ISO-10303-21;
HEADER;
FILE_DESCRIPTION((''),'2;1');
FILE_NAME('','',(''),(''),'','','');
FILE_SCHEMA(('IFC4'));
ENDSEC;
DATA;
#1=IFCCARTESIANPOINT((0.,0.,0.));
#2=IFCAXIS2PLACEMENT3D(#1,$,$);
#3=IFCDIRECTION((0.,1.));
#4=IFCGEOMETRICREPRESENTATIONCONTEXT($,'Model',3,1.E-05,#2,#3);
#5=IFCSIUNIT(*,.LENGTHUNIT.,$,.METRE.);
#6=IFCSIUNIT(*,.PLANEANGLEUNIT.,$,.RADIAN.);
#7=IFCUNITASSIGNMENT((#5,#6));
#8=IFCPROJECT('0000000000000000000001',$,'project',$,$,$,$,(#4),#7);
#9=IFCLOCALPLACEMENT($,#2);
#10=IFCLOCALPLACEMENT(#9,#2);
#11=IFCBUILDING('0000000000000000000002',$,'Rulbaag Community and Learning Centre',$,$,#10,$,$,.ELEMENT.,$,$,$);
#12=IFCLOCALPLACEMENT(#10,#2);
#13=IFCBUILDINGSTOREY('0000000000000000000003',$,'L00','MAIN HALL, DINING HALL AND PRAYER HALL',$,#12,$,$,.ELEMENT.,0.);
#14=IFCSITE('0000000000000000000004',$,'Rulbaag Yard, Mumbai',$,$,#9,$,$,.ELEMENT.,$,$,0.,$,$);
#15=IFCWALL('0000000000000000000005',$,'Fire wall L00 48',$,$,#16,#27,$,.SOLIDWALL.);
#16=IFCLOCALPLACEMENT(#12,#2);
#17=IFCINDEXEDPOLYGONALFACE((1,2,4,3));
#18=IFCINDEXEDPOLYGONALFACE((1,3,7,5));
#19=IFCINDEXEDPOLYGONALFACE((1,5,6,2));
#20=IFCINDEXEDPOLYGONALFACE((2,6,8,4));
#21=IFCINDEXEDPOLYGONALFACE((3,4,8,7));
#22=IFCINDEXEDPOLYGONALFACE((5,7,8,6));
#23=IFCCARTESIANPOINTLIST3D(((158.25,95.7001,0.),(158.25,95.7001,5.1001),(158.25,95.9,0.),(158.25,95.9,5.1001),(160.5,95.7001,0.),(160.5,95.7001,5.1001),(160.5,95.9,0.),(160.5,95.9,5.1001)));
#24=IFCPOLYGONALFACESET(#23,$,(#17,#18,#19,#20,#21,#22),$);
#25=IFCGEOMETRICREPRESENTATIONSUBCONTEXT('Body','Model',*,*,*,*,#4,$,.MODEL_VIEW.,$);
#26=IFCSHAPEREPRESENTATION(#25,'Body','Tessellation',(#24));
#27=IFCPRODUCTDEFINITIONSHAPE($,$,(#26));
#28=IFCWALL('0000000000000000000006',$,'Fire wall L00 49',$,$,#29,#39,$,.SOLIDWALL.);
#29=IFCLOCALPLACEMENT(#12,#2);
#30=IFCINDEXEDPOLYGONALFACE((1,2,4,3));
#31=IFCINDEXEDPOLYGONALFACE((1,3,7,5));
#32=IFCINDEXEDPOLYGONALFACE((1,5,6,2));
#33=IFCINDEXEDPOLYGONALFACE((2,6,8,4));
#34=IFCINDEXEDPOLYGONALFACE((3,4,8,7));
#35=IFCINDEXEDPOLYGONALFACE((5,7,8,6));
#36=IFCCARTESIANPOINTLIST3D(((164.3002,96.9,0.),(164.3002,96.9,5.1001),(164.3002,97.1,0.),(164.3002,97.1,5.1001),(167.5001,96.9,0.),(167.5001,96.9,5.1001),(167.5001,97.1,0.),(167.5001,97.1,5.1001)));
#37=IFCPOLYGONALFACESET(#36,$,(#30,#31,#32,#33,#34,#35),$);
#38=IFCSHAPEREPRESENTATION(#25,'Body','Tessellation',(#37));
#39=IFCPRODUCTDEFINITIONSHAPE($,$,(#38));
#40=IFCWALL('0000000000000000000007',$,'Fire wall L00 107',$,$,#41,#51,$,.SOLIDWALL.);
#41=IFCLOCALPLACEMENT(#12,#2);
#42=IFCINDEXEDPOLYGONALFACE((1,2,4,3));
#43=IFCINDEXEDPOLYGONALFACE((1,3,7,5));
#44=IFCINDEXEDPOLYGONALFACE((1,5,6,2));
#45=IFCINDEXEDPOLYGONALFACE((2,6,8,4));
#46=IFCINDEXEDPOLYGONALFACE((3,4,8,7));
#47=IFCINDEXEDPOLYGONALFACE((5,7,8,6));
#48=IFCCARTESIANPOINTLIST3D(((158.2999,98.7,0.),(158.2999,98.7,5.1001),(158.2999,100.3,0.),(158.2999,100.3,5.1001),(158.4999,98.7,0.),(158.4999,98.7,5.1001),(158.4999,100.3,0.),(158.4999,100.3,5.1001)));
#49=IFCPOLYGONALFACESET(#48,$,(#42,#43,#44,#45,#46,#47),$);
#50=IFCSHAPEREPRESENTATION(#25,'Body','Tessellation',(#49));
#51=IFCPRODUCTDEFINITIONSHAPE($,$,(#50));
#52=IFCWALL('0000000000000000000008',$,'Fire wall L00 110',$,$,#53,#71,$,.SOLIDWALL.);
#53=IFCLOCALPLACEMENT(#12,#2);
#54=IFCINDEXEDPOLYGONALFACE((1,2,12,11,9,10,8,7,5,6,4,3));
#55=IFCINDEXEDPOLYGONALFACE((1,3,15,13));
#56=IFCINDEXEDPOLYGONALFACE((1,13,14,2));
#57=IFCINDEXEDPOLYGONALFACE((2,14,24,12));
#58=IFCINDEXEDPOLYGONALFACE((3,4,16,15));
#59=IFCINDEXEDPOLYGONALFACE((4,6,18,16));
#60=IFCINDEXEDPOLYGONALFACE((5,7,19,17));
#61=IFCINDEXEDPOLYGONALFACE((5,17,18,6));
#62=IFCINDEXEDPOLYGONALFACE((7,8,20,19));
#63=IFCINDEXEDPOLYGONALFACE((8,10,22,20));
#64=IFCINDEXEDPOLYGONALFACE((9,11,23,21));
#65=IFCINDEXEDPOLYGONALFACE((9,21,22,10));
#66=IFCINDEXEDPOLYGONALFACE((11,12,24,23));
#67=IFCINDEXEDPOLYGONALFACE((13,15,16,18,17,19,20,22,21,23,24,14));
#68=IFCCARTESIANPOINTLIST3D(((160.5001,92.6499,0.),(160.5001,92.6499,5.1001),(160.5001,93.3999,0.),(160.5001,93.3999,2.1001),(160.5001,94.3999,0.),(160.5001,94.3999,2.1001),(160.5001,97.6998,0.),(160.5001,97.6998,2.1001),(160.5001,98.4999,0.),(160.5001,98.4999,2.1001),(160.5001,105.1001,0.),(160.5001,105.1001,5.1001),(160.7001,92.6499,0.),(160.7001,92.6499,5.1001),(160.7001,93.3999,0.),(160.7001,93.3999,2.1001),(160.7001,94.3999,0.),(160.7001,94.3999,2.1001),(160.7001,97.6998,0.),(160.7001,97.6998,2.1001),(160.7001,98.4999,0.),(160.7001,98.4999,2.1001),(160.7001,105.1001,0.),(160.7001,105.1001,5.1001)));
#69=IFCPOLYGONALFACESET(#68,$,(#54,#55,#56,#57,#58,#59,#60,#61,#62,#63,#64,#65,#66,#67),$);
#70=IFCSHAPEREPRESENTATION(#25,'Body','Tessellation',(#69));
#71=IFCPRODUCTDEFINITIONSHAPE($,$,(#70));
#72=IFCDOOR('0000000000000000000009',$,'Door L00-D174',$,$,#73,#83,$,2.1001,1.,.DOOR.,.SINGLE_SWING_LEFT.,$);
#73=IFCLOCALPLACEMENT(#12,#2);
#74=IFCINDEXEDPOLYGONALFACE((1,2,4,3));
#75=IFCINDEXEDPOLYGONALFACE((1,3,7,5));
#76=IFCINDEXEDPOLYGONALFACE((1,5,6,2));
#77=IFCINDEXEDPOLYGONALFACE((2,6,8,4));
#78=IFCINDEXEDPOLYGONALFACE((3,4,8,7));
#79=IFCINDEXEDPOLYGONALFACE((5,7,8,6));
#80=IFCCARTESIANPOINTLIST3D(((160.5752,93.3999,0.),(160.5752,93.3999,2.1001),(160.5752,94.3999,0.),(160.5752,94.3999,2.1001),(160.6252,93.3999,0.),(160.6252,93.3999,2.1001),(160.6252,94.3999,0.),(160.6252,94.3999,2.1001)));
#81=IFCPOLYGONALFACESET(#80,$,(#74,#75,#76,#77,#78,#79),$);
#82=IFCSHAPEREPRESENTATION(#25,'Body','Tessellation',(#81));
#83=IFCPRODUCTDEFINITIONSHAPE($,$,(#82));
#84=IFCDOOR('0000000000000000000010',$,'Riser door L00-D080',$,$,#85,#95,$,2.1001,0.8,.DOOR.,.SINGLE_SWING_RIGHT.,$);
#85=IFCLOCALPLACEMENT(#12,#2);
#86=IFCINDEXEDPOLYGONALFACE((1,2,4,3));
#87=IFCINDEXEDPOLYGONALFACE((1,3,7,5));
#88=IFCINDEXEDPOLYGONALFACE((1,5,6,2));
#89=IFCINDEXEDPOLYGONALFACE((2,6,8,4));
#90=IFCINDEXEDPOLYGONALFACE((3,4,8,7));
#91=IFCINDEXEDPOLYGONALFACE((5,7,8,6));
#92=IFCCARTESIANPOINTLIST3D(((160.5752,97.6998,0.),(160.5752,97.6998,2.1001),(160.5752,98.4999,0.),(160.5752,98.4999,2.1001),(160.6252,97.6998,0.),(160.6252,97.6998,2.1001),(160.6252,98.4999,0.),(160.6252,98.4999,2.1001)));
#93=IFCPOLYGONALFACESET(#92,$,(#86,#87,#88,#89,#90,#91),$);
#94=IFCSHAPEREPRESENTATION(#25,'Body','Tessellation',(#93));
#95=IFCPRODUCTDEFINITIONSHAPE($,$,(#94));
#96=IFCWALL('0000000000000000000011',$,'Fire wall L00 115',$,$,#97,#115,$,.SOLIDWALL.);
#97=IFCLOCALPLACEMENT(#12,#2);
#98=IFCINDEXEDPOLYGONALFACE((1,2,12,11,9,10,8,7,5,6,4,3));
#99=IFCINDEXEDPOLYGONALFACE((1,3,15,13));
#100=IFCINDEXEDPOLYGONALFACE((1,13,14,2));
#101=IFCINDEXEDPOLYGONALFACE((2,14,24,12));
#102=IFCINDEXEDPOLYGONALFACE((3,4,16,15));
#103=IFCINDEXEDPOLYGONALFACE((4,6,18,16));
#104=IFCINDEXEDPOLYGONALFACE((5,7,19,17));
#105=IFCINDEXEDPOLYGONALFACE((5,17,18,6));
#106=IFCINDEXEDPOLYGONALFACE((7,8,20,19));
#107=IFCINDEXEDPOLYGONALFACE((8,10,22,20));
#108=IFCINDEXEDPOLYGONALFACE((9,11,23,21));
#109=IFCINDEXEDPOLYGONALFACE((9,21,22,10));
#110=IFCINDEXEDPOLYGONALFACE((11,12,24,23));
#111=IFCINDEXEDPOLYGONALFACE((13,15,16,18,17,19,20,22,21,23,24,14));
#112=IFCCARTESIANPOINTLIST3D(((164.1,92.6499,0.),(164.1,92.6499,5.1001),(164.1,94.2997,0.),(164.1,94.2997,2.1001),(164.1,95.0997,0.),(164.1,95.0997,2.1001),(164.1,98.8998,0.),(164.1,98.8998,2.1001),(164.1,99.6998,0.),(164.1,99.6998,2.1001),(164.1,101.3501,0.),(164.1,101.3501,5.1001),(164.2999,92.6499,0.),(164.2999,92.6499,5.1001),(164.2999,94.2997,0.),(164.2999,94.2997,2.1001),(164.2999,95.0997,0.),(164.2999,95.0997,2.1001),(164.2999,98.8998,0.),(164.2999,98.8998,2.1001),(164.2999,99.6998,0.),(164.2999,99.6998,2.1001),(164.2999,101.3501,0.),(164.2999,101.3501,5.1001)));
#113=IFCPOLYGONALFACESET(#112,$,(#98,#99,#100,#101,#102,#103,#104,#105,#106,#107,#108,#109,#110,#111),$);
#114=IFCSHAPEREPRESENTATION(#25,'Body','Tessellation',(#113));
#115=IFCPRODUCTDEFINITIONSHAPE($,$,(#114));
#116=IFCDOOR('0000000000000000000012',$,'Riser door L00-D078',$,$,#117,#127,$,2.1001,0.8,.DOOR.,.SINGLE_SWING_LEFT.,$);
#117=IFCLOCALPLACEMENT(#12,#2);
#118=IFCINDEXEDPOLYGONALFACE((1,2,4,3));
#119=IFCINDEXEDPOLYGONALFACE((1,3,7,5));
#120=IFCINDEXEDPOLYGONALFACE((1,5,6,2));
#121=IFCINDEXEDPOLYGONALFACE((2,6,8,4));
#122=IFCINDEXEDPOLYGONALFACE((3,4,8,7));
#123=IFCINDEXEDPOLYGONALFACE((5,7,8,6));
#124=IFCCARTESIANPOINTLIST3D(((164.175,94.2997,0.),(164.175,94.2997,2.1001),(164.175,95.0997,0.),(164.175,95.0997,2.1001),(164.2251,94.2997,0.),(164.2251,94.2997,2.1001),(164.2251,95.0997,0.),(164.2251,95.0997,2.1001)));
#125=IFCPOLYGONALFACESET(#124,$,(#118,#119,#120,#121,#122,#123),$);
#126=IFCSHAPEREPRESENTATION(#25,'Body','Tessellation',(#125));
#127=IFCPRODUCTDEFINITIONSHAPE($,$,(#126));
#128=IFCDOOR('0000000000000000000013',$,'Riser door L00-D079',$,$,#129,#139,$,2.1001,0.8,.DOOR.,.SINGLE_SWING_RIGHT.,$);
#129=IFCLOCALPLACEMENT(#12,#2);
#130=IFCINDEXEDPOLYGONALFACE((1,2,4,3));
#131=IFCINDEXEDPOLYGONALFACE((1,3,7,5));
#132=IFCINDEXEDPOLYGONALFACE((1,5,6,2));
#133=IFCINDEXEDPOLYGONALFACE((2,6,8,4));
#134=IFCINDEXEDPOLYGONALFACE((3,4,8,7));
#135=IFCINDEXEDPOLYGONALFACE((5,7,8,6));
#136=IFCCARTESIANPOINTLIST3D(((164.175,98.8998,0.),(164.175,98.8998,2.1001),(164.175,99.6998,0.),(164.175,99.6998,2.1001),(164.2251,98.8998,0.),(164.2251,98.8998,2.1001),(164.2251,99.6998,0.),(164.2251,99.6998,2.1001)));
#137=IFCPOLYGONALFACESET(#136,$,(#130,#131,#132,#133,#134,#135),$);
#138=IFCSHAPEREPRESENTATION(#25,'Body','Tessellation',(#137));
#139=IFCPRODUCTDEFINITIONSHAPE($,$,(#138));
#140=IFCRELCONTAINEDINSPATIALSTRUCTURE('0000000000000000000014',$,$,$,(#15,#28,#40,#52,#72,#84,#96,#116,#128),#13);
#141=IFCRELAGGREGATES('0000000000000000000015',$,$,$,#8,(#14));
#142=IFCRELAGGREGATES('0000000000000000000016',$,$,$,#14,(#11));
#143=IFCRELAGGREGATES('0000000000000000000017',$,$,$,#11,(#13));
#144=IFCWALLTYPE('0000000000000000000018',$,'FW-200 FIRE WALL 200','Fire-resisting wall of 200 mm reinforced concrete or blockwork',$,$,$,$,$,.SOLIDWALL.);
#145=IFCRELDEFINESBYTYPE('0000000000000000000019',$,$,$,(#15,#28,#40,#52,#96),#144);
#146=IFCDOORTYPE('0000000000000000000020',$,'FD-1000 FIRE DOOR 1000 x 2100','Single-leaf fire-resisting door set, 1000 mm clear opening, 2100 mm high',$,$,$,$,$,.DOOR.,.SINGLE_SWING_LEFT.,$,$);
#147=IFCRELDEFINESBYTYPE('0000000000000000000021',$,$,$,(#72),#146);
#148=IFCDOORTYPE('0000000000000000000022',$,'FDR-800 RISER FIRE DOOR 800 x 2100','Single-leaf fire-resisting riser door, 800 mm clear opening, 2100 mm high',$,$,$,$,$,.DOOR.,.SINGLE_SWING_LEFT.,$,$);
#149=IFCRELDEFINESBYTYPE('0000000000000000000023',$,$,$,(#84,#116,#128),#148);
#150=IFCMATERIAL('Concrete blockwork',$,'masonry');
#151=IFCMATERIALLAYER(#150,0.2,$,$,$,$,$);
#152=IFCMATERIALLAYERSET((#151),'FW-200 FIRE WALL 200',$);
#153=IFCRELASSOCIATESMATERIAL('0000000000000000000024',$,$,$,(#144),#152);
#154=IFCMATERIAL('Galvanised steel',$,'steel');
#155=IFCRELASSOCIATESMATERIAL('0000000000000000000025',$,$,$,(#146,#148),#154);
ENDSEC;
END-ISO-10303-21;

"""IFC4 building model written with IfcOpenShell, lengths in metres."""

from ifc_helpers import new_model, si_unit, direction, frame, frame_2d, origin, place, context, subcontext, project, spatial, rectangle, extrude, material, layer, layer_set, type_object, element, fill, save


model = new_model("IFC4")

# Units and contexts
model_context = context("Model", 3, precision=1e-05, world=origin(), true_north=direction((0.0, 1.0)))
body_context = subcontext(model_context, "Body", "Model", "MODEL_VIEW")
ifc_project = project(units=[si_unit("LENGTHUNIT", "METRE"), si_unit("PLANEANGLEUNIT", "RADIAN")], contexts=[model_context])

# Site, building, storey
site_placement = place(None, origin())
site = spatial("IfcSite", under=ifc_project, at=site_placement, Name="Rulbaag Yard, Mumbai", CompositionType="ELEMENT", RefElevation=0.0)
building_placement = place(site_placement, origin())
building = spatial("IfcBuilding", under=site, at=building_placement, Name="Rulbaag Community and Learning Centre", CompositionType="ELEMENT")
storey_placement = place(building_placement, origin())
storey = spatial("IfcBuildingStorey", under=building, at=storey_placement, Name="L00", Description="MAIN HALL, DINING HALL AND PRAYER HALL", CompositionType="ELEMENT", Elevation=0.0)

# Walls
ifc_material_1 = material(Name="Concrete blockwork", Category="masonry")
ifc_layer_1 = layer(ifc_material_1, 0.2)
ifc_layer_set_1 = layer_set([ifc_layer_1], Name="FW-200 FIRE WALL 200")
wall_type_1 = type_object("IfcWallType", Name="FW-200 FIRE WALL 200", Description="Fire-resisting wall of 200 mm reinforced concrete or blockwork", PredefinedType="SOLIDWALL", material=ifc_layer_set_1)
wall_1_placement = place(storey_placement, frame((158.25, 95.8, 0.0), z_axis=(0.0, 0.0, 1.0), x_axis=(1.0, 0.0, 0.0)))
element("IfcWall", 1, at=wall_1_placement, inside=storey, type_object=wall_type_1, Name="Fire wall L00 48", PredefinedType="SOLIDWALL", context=body_context, shape_type="SweptSolid", body=[
    extrude(rectangle(XDim=2.25, YDim=0.2, at=frame_2d((1.125, 0.0))), origin(), (0.0, 0.0, 1.0), 5.1001),
])
wall_2_placement = place(storey_placement, frame((164.3, 97.0, 0.0), z_axis=(0.0, 0.0, 1.0), x_axis=(1.0, 0.0, 0.0)))
element("IfcWall", 2, at=wall_2_placement, inside=storey, type_object=wall_type_1, Name="Fire wall L00 49", PredefinedType="SOLIDWALL", context=body_context, shape_type="SweptSolid", body=[
    extrude(rectangle(XDim=3.2, YDim=0.2, at=frame_2d((1.6001, 0.0))), origin(), (0.0, 0.0, 1.0), 5.1001),
])
wall_3_placement = place(storey_placement, frame((158.3999, 98.7, 0.0), z_axis=(0.0, 0.0, 1.0), x_axis=(0.0, 1.0, 0.0)))
element("IfcWall", 3, at=wall_3_placement, inside=storey, type_object=wall_type_1, Name="Fire wall L00 107", PredefinedType="SOLIDWALL", context=body_context, shape_type="SweptSolid", body=[
    extrude(rectangle(XDim=1.6001, YDim=0.2, at=frame_2d((0.8, 0.0))), origin(), (0.0, 0.0, 1.0), 5.1001),
])

# Walls, openings, doors
wall_4_placement = place(storey_placement, frame((160.6001, 92.6499, 0.0), z_axis=(0.0, 0.0, 1.0), x_axis=(0.0, 1.0, 0.0)))
wall_4 = element("IfcWall", 4, at=wall_4_placement, inside=storey, type_object=wall_type_1, Name="Fire wall L00 110", PredefinedType="SOLIDWALL", context=body_context, shape_type="SweptSolid", body=[
    extrude(rectangle(XDim=12.4502, YDim=0.2, at=frame_2d((6.2251, 0.0))), origin(), (0.0, 0.0, 1.0), 5.1001),
])
opening_1_placement = place(wall_4_placement, frame((5.05, 0.0, 0.0)))
opening_1 = element("IfcOpeningElement", 5, at=opening_1_placement, cuts=wall_4, PredefinedType="OPENING", context=body_context, shape_type="SweptSolid", body=[
    extrude(rectangle(XDim=0.8, YDim=2.1001, at=frame_2d((0.3999, 1.05))), frame((0.0, 0.1099, 0.0), z_axis=(0.0, -1.0, 0.0), x_axis=(1.0, 0.0, 0.0)), (0.0, 0.0, 1.0), 0.22),
])
opening_2_placement = place(wall_4_placement, frame((0.75, 0.0, 0.0)))
opening_2 = element("IfcOpeningElement", 6, at=opening_2_placement, cuts=wall_4, PredefinedType="OPENING", context=body_context, shape_type="SweptSolid", body=[
    extrude(rectangle(XDim=1.0, YDim=2.1001, at=frame_2d((0.5, 1.05))), frame((0.0, 0.1099, 0.0), z_axis=(0.0, -1.0, 0.0), x_axis=(1.0, 0.0, 0.0)), (0.0, 0.0, 1.0), 0.22),
])
ifc_material_2 = material(Name="Galvanised steel", Category="steel")
door_type_1 = type_object("IfcDoorType", Name="FD-1000 FIRE DOOR 1000 x 2100", Description="Single-leaf fire-resisting door set, 1000 mm clear opening, 2100 mm high", OperationType="SINGLE_SWING_LEFT", PredefinedType="DOOR", material=ifc_material_2)
door_1_placement = place(opening_2_placement, origin())
door_1 = element("IfcDoor", 7, at=door_1_placement, inside=storey, type_object=door_type_1, Name="Door L00-D174", OperationType="SINGLE_SWING_LEFT", OverallHeight=2.1001, OverallWidth=1.0, PredefinedType="DOOR", context=body_context, shape_type="SweptSolid", body=[
    extrude(rectangle(XDim=1.0, YDim=2.1001, at=frame_2d((0.5, 1.05))), frame((0.0, 0.0249, 0.0), z_axis=(0.0, -1.0, 0.0), x_axis=(1.0, 0.0, 0.0)), (0.0, 0.0, 1.0), 0.05),
])
fill(opening_2, door_1)
door_type_2 = type_object("IfcDoorType", Name="FDR-800 RISER FIRE DOOR 800 x 2100", Description="Single-leaf fire-resisting riser door, 800 mm clear opening, 2100 mm high", OperationType="SINGLE_SWING_LEFT", PredefinedType="DOOR", material=ifc_material_2)
door_2_placement = place(opening_1_placement, origin())
door_2 = element("IfcDoor", 8, at=door_2_placement, inside=storey, type_object=door_type_2, Name="Riser door L00-D080", OperationType="SINGLE_SWING_RIGHT", OverallHeight=2.1001, OverallWidth=0.8, PredefinedType="DOOR", context=body_context, shape_type="SweptSolid", body=[
    extrude(rectangle(XDim=0.8, YDim=2.1001, at=frame_2d((0.3999, 1.05))), frame((0.0, 0.0249, 0.0), z_axis=(0.0, -1.0, 0.0), x_axis=(1.0, 0.0, 0.0)), (0.0, 0.0, 1.0), 0.05),
])
fill(opening_1, door_2)
wall_5_placement = place(storey_placement, frame((164.2, 92.6499, 0.0), z_axis=(0.0, 0.0, 1.0), x_axis=(0.0, 1.0, 0.0)))
wall_5 = element("IfcWall", 9, at=wall_5_placement, inside=storey, type_object=wall_type_1, Name="Fire wall L00 115", PredefinedType="SOLIDWALL", context=body_context, shape_type="SweptSolid", body=[
    extrude(rectangle(XDim=8.7002, YDim=0.2, at=frame_2d((4.3501, 0.0))), origin(), (0.0, 0.0, 1.0), 5.1001),
])
opening_3_placement = place(wall_5_placement, frame((1.6499, 0.0, 0.0)))
opening_3 = element("IfcOpeningElement", 10, at=opening_3_placement, cuts=wall_5, PredefinedType="OPENING", context=body_context, shape_type="SweptSolid", body=[
    extrude(rectangle(XDim=0.8, YDim=2.1001, at=frame_2d((0.3999, 1.05))), frame((0.0, 0.1099, 0.0), z_axis=(0.0, -1.0, 0.0), x_axis=(1.0, 0.0, 0.0)), (0.0, 0.0, 1.0), 0.22),
])
opening_4_placement = place(wall_5_placement, frame((6.25, 0.0, 0.0)))
opening_4 = element("IfcOpeningElement", 11, at=opening_4_placement, cuts=wall_5, PredefinedType="OPENING", context=body_context, shape_type="SweptSolid", body=[
    extrude(rectangle(XDim=0.8, YDim=2.1001, at=frame_2d((0.3999, 1.05))), frame((0.0, 0.1099, 0.0), z_axis=(0.0, -1.0, 0.0), x_axis=(1.0, 0.0, 0.0)), (0.0, 0.0, 1.0), 0.22),
])
door_3_placement = place(opening_3_placement, origin())
door_3 = element("IfcDoor", 12, at=door_3_placement, inside=storey, type_object=door_type_2, Name="Riser door L00-D078", OperationType="SINGLE_SWING_LEFT", OverallHeight=2.1001, OverallWidth=0.8, PredefinedType="DOOR", context=body_context, shape_type="SweptSolid", body=[
    extrude(rectangle(XDim=0.8, YDim=2.1001, at=frame_2d((0.3999, 1.05))), frame((0.0, 0.0249, 0.0), z_axis=(0.0, -1.0, 0.0), x_axis=(1.0, 0.0, 0.0)), (0.0, 0.0, 1.0), 0.05),
])
fill(opening_3, door_3)
door_4_placement = place(opening_4_placement, origin())
door_4 = element("IfcDoor", 13, at=door_4_placement, inside=storey, type_object=door_type_2, Name="Riser door L00-D079", OperationType="SINGLE_SWING_RIGHT", OverallHeight=2.1001, OverallWidth=0.8, PredefinedType="DOOR", context=body_context, shape_type="SweptSolid", body=[
    extrude(rectangle(XDim=0.8, YDim=2.1001, at=frame_2d((0.3999, 1.05))), frame((0.0, 0.0249, 0.0), z_axis=(0.0, -1.0, 0.0), x_axis=(1.0, 0.0, 0.0)), (0.0, 0.0, 1.0), 0.05),
])
fill(opening_4, door_4)

save(model, "model.ifc")
